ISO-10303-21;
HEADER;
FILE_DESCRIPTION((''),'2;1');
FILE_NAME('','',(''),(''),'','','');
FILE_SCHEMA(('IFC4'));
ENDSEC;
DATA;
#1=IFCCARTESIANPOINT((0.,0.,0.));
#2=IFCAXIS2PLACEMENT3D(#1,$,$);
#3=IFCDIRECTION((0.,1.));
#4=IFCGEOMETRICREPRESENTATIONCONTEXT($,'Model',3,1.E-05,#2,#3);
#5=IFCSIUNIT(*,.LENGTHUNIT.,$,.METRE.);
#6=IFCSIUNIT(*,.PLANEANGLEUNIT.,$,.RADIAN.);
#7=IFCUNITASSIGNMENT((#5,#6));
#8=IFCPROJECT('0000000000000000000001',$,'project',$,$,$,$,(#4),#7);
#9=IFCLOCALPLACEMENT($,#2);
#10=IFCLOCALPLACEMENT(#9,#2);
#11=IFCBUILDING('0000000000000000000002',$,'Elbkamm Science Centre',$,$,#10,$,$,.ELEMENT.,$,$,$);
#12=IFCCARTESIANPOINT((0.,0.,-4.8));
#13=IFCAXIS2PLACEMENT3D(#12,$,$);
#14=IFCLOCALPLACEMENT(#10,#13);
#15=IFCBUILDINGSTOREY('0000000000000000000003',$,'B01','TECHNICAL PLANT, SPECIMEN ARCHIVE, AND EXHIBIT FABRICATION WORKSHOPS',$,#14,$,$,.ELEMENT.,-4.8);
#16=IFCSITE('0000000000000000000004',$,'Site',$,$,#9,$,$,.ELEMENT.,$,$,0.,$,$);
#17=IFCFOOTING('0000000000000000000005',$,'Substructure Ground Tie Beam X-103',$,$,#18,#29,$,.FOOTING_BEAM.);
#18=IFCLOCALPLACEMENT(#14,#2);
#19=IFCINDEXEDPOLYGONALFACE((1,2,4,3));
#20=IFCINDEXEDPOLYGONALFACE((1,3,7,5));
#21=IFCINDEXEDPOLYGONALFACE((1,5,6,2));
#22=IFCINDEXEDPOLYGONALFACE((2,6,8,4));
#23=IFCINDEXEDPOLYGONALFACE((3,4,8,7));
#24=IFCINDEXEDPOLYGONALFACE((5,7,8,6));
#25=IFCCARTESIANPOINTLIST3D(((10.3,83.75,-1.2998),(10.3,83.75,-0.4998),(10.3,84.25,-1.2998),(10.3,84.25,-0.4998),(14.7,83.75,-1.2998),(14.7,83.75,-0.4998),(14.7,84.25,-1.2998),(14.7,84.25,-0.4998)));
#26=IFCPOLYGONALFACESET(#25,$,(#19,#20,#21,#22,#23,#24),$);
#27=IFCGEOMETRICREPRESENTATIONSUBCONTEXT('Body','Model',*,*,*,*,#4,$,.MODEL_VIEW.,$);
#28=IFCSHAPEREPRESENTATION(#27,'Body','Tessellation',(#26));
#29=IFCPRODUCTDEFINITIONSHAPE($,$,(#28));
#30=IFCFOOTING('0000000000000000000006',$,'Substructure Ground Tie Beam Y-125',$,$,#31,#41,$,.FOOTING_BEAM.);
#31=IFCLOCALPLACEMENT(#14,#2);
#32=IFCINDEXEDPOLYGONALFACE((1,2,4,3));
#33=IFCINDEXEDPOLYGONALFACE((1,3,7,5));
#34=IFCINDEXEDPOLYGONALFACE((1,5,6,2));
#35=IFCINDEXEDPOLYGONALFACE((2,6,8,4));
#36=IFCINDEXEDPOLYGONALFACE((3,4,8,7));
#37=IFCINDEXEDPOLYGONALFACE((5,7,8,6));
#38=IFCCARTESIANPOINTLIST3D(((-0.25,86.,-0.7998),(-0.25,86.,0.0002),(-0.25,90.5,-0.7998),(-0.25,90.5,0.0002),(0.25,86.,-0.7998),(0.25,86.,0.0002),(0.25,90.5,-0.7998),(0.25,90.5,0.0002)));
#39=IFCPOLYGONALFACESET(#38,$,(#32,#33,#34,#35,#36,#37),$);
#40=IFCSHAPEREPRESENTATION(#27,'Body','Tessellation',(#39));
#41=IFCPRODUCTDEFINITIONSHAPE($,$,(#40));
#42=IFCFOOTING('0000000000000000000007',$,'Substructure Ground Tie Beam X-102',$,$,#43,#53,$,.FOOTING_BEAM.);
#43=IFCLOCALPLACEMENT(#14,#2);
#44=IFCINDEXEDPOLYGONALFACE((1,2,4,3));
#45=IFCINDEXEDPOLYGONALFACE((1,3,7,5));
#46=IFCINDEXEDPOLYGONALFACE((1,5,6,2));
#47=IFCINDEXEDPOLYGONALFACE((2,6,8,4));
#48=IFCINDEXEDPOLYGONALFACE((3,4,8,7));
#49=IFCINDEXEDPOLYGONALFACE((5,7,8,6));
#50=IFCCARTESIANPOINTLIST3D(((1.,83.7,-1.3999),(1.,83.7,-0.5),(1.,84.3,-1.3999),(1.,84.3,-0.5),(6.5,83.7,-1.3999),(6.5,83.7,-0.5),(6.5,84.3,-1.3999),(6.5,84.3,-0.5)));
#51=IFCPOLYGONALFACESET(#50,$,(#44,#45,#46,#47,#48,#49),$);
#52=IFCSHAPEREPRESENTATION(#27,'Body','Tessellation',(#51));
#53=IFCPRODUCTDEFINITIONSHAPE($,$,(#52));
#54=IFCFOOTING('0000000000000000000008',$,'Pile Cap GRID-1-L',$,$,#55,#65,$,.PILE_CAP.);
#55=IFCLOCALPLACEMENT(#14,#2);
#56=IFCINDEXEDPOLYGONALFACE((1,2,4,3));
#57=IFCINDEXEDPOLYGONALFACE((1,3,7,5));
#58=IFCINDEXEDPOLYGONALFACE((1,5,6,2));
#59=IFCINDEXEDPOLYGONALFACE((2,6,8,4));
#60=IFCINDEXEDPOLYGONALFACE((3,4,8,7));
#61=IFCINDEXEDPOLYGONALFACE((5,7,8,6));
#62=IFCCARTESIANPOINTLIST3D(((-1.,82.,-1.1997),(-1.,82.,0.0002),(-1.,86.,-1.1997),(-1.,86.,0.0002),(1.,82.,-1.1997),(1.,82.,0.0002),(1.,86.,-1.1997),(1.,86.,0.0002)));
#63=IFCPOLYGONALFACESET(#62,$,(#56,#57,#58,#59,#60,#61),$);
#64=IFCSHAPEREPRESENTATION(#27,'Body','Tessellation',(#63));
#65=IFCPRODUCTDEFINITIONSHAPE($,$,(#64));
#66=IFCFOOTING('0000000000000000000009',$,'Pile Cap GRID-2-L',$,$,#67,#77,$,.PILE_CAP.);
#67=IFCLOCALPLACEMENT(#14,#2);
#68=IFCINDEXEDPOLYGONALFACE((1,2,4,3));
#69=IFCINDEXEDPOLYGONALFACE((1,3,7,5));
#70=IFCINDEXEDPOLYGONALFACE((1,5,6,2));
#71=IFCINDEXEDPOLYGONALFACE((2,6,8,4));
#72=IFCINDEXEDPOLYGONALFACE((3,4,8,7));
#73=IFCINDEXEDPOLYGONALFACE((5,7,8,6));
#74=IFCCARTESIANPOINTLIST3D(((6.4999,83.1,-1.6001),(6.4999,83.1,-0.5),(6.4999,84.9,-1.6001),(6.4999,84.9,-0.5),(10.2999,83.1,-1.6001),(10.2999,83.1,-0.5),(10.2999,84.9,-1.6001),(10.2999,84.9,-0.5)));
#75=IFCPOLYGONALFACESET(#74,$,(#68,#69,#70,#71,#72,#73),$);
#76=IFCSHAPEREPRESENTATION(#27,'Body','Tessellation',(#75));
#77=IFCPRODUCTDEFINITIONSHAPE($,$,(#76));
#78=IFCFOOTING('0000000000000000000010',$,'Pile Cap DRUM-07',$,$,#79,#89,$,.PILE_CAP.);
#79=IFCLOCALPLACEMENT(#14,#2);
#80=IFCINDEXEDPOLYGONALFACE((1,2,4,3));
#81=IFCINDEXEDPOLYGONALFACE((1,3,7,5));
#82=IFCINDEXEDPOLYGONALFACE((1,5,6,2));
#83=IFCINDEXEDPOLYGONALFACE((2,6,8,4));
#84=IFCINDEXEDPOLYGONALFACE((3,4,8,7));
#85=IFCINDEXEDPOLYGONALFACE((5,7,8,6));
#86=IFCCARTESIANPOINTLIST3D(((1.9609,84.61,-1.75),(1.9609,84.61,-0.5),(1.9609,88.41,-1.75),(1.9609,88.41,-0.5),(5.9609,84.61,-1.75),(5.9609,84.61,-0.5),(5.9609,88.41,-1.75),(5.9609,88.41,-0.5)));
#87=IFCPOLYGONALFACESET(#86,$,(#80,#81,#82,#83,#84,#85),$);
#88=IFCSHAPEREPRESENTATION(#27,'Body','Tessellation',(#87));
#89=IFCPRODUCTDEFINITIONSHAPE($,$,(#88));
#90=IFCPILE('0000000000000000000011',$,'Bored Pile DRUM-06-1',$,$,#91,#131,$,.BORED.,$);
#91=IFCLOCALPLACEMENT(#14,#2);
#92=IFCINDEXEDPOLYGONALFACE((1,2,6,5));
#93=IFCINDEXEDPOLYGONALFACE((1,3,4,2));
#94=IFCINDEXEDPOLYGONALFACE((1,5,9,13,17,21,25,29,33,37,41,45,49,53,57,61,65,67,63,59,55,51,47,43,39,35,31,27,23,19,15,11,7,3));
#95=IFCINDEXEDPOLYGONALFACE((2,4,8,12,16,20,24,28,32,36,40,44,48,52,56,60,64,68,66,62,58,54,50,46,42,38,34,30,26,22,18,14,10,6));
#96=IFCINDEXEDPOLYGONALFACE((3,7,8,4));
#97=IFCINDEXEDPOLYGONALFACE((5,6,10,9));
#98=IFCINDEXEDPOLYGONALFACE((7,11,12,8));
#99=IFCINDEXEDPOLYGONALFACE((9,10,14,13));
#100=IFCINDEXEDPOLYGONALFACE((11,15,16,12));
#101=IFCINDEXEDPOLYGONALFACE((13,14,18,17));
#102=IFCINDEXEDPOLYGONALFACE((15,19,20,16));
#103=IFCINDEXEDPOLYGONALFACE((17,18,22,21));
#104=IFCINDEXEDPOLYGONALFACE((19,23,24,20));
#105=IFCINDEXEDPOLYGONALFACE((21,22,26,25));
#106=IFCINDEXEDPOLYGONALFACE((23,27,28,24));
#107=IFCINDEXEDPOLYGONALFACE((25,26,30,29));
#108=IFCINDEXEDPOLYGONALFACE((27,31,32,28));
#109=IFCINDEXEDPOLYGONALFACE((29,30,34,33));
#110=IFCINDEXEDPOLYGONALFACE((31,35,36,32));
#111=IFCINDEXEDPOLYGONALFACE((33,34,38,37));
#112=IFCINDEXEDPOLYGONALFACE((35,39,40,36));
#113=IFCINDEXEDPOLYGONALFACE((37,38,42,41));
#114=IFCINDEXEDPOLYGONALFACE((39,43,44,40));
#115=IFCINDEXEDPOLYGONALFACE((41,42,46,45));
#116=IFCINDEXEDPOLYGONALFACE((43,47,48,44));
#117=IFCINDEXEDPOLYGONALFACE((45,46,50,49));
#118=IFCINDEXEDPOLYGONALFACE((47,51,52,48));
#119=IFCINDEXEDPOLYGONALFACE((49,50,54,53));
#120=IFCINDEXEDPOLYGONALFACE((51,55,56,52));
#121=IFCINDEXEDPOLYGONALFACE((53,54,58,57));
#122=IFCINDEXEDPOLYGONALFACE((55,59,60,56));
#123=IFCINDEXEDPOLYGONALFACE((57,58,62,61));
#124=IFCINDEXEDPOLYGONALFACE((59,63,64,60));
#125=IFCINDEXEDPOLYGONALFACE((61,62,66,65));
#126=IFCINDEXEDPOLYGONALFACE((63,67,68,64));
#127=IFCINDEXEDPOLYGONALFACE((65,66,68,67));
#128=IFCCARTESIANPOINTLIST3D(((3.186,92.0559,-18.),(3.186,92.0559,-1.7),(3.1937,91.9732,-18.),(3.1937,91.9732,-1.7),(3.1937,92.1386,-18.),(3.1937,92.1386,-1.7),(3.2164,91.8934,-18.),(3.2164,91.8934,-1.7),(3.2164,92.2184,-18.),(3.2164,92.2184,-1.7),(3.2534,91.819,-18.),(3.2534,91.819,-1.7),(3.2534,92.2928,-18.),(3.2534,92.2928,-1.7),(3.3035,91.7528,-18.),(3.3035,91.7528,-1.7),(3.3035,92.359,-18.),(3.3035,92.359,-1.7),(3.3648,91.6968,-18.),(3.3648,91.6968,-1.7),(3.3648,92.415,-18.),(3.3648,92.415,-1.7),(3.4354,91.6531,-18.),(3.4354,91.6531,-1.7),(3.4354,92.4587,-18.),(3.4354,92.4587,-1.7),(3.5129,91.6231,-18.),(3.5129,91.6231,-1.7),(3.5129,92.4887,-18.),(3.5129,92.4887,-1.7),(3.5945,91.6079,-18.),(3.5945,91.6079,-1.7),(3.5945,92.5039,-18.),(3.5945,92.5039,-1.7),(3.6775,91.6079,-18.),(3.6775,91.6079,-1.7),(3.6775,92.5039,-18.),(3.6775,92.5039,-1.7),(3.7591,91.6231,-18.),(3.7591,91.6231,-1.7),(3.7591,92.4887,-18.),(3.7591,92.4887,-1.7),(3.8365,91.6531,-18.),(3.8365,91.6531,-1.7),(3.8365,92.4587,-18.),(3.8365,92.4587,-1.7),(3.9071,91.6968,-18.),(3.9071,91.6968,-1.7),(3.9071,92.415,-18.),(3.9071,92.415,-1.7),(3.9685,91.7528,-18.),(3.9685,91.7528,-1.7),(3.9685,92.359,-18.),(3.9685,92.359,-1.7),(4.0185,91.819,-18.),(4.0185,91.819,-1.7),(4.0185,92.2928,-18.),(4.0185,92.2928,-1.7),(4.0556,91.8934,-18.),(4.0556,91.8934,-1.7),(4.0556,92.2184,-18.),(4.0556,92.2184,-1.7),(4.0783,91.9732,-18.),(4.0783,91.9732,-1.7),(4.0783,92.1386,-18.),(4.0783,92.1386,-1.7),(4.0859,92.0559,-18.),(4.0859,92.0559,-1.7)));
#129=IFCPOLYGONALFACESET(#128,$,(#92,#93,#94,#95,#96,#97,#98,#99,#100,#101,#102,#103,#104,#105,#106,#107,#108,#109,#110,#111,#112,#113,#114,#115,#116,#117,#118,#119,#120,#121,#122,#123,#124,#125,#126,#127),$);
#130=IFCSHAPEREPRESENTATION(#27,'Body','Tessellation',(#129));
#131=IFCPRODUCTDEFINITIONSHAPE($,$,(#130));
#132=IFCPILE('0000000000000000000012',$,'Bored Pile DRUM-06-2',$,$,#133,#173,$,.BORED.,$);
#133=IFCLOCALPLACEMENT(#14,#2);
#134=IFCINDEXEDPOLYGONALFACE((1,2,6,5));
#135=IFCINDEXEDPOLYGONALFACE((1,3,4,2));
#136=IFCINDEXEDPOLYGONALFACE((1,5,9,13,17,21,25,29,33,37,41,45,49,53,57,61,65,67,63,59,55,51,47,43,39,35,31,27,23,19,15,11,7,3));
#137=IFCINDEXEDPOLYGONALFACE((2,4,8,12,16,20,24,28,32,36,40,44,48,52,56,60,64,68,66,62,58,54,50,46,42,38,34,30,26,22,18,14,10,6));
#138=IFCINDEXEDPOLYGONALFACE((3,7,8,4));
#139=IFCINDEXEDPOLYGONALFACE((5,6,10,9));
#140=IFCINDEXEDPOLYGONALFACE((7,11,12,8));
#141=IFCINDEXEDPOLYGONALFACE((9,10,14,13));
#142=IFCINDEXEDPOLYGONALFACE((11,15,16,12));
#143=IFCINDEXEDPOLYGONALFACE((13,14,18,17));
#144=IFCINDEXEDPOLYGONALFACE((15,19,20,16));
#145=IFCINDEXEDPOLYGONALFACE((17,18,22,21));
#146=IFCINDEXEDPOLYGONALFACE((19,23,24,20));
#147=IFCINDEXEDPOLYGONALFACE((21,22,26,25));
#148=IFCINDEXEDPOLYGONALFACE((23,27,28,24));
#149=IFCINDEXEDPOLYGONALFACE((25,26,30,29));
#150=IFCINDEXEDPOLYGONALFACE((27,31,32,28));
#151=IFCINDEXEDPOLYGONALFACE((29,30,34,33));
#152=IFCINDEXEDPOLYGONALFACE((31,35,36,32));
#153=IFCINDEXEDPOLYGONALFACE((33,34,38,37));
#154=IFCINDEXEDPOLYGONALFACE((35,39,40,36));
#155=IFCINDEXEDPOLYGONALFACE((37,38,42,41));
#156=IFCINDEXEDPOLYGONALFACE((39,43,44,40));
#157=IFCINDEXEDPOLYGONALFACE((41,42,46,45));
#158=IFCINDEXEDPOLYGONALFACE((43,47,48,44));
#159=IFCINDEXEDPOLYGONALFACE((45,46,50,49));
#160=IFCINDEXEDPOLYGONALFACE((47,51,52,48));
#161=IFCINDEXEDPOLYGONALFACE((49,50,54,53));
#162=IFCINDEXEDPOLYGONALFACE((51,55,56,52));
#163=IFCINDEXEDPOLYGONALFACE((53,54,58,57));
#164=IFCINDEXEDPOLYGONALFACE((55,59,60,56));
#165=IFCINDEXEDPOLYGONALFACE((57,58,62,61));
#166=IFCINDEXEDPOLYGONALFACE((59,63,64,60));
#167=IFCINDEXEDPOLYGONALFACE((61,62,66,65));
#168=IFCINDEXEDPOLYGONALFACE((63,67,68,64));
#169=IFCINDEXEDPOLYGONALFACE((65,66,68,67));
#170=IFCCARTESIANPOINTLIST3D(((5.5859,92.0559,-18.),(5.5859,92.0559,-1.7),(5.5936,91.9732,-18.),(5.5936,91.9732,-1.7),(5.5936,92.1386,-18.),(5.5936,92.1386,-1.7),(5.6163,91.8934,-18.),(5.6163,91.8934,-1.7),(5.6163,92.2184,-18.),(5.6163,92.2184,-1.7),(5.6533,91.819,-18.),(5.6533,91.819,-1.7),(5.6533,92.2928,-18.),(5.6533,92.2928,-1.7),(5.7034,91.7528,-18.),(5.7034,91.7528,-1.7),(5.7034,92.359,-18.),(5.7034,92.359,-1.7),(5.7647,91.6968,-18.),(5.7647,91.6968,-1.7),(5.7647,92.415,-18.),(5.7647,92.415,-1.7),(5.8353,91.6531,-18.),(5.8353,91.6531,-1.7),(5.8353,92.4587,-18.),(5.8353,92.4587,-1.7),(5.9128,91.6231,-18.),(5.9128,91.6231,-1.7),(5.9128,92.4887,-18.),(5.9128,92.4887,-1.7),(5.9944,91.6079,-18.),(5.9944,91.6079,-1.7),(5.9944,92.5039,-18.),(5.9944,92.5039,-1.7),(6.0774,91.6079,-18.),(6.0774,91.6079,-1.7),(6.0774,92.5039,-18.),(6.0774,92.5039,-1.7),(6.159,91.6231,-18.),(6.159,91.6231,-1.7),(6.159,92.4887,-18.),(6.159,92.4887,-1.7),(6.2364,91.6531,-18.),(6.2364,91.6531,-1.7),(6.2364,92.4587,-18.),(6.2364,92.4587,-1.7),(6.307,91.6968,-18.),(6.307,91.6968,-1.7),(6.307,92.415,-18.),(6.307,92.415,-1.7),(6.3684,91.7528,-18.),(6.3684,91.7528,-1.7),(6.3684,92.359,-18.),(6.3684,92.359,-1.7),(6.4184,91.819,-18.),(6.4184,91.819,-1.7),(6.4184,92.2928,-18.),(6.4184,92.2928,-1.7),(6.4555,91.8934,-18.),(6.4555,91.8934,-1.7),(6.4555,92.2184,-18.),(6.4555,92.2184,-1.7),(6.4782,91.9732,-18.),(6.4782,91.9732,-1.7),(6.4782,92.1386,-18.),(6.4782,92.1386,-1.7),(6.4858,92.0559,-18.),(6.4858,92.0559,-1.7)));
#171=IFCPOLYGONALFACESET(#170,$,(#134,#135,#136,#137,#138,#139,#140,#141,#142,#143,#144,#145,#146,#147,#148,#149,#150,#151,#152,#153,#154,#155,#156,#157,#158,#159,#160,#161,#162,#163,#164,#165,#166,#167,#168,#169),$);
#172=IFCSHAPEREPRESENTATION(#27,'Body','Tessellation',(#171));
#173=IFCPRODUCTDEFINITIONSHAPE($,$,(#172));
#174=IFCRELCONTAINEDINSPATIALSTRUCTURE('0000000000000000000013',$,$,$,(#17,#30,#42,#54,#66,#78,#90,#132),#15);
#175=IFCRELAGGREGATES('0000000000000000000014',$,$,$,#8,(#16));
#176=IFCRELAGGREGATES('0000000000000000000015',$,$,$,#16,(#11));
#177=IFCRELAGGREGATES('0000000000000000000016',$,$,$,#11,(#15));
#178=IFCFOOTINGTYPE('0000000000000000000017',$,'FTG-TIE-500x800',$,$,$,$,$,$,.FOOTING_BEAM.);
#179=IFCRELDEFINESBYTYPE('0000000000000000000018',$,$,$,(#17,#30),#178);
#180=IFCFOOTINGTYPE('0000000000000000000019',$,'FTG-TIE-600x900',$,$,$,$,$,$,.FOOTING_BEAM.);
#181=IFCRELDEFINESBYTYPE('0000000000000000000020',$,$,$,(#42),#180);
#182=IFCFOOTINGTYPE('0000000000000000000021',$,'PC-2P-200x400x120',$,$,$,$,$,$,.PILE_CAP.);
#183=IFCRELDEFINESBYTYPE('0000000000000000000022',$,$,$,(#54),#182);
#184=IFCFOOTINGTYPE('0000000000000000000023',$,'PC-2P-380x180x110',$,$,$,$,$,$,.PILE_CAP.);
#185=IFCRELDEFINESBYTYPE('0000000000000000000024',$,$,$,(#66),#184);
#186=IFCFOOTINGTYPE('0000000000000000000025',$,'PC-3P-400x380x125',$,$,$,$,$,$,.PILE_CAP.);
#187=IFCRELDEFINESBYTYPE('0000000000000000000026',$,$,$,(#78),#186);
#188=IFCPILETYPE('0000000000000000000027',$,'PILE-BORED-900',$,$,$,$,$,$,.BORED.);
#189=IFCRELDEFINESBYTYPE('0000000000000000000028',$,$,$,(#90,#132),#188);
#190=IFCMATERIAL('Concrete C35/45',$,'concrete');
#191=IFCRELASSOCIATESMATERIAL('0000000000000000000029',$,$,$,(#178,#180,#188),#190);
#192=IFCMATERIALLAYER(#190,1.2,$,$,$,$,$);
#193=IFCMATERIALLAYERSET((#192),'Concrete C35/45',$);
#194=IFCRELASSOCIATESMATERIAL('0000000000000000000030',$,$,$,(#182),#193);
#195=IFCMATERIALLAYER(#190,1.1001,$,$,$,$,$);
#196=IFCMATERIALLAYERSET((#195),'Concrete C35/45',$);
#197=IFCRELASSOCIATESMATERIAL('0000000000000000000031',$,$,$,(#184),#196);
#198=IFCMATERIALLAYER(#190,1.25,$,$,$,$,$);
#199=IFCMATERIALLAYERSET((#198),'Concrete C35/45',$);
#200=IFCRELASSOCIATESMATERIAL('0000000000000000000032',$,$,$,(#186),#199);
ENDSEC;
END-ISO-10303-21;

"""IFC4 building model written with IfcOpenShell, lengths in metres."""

from ifc_helpers import new_model, si_unit, direction, frame, origin, origin_2d, place, context, subcontext, project, spatial, rectangle, circle, extrude, material, layer, layer_set, material_profile, profile_set, type_object, element, save


model = new_model("IFC4")

# Units and contexts
model_context = context("Model", 3, precision=1e-05, world=origin(), true_north=direction((0.0, 1.0)))
body_context = subcontext(model_context, "Body", "Model", "MODEL_VIEW")
ifc_project = project(units=[si_unit("LENGTHUNIT", "METRE"), si_unit("PLANEANGLEUNIT", "RADIAN")], contexts=[model_context])

# Site, building, storey
site_placement = place(None, origin())
site = spatial("IfcSite", under=ifc_project, at=site_placement, Name="Site", CompositionType="ELEMENT", RefElevation=0.0)
building_placement = place(site_placement, origin())
building = spatial("IfcBuilding", under=site, at=building_placement, Name="Elbkamm Science Centre", CompositionType="ELEMENT")
storey_placement = place(building_placement, frame((0.0, 0.0, -4.8)))
storey = spatial("IfcBuildingStorey", under=building, at=storey_placement, Name="B01", Description="TECHNICAL PLANT, SPECIMEN ARCHIVE, AND EXHIBIT FABRICATION WORKSHOPS", CompositionType="ELEMENT", Elevation=-4.8)

# Footings
ifc_material_1 = material(Name="Concrete C35/45", Category="concrete")
footing_type_1 = type_object("IfcFootingType", Name="FTG-TIE-500x800", PredefinedType="FOOTING_BEAM", material=ifc_material_1)
footing_1_placement = place(storey_placement, frame((12.5, 84.0, -1.2998), z_axis=(0.0, 0.0, 1.0), x_axis=(1.0, 0.0, 0.0)))
element("IfcFooting", 1, at=footing_1_placement, inside=storey, type_object=footing_type_1, Name="Substructure Ground Tie Beam X-103", PredefinedType="FOOTING_BEAM", context=body_context, shape_type="SweptSolid", body=[
    extrude(rectangle(XDim=4.3999, YDim=0.5, at=origin_2d()), origin(), (0.0, 0.0, 1.0), 0.8),
])
footing_2_placement = place(storey_placement, frame((0.0, 88.25, -0.7998), z_axis=(0.0, 0.0, 1.0), x_axis=(1.0, 0.0, 0.0)))
element("IfcFooting", 2, at=footing_2_placement, inside=storey, type_object=footing_type_1, Name="Substructure Ground Tie Beam Y-125", PredefinedType="FOOTING_BEAM", context=body_context, shape_type="SweptSolid", body=[
    extrude(rectangle(XDim=0.5, YDim=4.5, at=origin_2d()), origin(), (0.0, 0.0, 1.0), 0.8),
])
footing_type_2 = type_object("IfcFootingType", Name="FTG-TIE-600x900", PredefinedType="FOOTING_BEAM", material=ifc_material_1)
footing_3_placement = place(storey_placement, frame((3.75, 84.0, -1.3999), z_axis=(0.0, 0.0, 1.0), x_axis=(1.0, 0.0, 0.0)))
element("IfcFooting", 3, at=footing_3_placement, inside=storey, type_object=footing_type_2, Name="Substructure Ground Tie Beam X-102", PredefinedType="FOOTING_BEAM", context=body_context, shape_type="SweptSolid", body=[
    extrude(rectangle(XDim=5.5, YDim=0.6001, at=origin_2d()), origin(), (0.0, 0.0, 1.0), 0.8999),
])
ifc_layer_1 = layer(ifc_material_1, 1.2)
ifc_layer_set_1 = layer_set([ifc_layer_1], Name="Concrete C35/45")
footing_type_3 = type_object("IfcFootingType", Name="PC-2P-200x400x120", PredefinedType="PILE_CAP", material=ifc_layer_set_1)
footing_4_placement = place(storey_placement, frame((0.0, 84.0, -1.1997), z_axis=(0.0, 0.0, 1.0), x_axis=(1.0, 0.0, 0.0)))
element("IfcFooting", 4, at=footing_4_placement, inside=storey, type_object=footing_type_3, Name="Pile Cap GRID-1-L", PredefinedType="PILE_CAP", context=body_context, shape_type="SweptSolid", body=[
    extrude(rectangle(XDim=2.0, YDim=4.0, at=origin_2d()), origin(), (0.0, 0.0, 1.0), 1.2),
])
ifc_layer_2 = layer(ifc_material_1, 1.1001)
ifc_layer_set_2 = layer_set([ifc_layer_2], Name="Concrete C35/45")
footing_type_4 = type_object("IfcFootingType", Name="PC-2P-380x180x110", PredefinedType="PILE_CAP", material=ifc_layer_set_2)
footing_5_placement = place(storey_placement, frame((8.3999, 84.0, -1.6001), z_axis=(0.0, 0.0, 1.0), x_axis=(1.0, 0.0, 0.0)))
element("IfcFooting", 5, at=footing_5_placement, inside=storey, type_object=footing_type_4, Name="Pile Cap GRID-2-L", PredefinedType="PILE_CAP", context=body_context, shape_type="SweptSolid", body=[
    extrude(rectangle(XDim=3.8, YDim=1.8, at=origin_2d()), origin(), (0.0, 0.0, 1.0), 1.1001),
])
ifc_layer_3 = layer(ifc_material_1, 1.25)
ifc_layer_set_3 = layer_set([ifc_layer_3], Name="Concrete C35/45")
footing_type_5 = type_object("IfcFootingType", Name="PC-3P-400x380x125", PredefinedType="PILE_CAP", material=ifc_layer_set_3)
footing_6_placement = place(storey_placement, frame((3.9609, 86.51, -1.75), z_axis=(0.0, 0.0, 1.0), x_axis=(1.0, 0.0, 0.0)))
element("IfcFooting", 6, at=footing_6_placement, inside=storey, type_object=footing_type_5, Name="Pile Cap DRUM-07", PredefinedType="PILE_CAP", context=body_context, shape_type="SweptSolid", body=[
    extrude(rectangle(XDim=4.0, YDim=3.8, at=origin_2d()), origin(), (0.0, 0.0, 1.0), 1.25),
])

# Piles
ifc_material_profile_1 = material_profile(ifc_material_1, circle(Radius=0.45, at=origin_2d()), Name="PILE D900")
ifc_profile_set_1 = profile_set([ifc_material_profile_1], Name="Concrete C35/45")
pile_type = type_object("IfcPileType", Name="PILE-BORED-900", PredefinedType="BORED", material=ifc_profile_set_1)
for number, where, z_axis, x_axis, name in (
    (7, (3.636, 92.0559, -1.7), (0.0, 0.0, -1.0), (1.0, 0.0, 0.0), "Bored Pile DRUM-06-1"),
    (8, (6.0359, 92.0559, -1.7), (0.0, 0.0, -1.0), (1.0, 0.0, 0.0), "Bored Pile DRUM-06-2"),
):
    element("IfcPile", number, at=place(storey_placement, frame(where, z_axis=z_axis, x_axis=x_axis)), inside=storey, type_object=pile_type, Name=name, PredefinedType="BORED", context=body_context, shape_type="SweptSolid", body=[
        extrude(circle(Radius=0.45, at=origin_2d()), origin(), (0.0, 0.0, 1.0), 16.3),
    ])

save(model, "model.ifc")
